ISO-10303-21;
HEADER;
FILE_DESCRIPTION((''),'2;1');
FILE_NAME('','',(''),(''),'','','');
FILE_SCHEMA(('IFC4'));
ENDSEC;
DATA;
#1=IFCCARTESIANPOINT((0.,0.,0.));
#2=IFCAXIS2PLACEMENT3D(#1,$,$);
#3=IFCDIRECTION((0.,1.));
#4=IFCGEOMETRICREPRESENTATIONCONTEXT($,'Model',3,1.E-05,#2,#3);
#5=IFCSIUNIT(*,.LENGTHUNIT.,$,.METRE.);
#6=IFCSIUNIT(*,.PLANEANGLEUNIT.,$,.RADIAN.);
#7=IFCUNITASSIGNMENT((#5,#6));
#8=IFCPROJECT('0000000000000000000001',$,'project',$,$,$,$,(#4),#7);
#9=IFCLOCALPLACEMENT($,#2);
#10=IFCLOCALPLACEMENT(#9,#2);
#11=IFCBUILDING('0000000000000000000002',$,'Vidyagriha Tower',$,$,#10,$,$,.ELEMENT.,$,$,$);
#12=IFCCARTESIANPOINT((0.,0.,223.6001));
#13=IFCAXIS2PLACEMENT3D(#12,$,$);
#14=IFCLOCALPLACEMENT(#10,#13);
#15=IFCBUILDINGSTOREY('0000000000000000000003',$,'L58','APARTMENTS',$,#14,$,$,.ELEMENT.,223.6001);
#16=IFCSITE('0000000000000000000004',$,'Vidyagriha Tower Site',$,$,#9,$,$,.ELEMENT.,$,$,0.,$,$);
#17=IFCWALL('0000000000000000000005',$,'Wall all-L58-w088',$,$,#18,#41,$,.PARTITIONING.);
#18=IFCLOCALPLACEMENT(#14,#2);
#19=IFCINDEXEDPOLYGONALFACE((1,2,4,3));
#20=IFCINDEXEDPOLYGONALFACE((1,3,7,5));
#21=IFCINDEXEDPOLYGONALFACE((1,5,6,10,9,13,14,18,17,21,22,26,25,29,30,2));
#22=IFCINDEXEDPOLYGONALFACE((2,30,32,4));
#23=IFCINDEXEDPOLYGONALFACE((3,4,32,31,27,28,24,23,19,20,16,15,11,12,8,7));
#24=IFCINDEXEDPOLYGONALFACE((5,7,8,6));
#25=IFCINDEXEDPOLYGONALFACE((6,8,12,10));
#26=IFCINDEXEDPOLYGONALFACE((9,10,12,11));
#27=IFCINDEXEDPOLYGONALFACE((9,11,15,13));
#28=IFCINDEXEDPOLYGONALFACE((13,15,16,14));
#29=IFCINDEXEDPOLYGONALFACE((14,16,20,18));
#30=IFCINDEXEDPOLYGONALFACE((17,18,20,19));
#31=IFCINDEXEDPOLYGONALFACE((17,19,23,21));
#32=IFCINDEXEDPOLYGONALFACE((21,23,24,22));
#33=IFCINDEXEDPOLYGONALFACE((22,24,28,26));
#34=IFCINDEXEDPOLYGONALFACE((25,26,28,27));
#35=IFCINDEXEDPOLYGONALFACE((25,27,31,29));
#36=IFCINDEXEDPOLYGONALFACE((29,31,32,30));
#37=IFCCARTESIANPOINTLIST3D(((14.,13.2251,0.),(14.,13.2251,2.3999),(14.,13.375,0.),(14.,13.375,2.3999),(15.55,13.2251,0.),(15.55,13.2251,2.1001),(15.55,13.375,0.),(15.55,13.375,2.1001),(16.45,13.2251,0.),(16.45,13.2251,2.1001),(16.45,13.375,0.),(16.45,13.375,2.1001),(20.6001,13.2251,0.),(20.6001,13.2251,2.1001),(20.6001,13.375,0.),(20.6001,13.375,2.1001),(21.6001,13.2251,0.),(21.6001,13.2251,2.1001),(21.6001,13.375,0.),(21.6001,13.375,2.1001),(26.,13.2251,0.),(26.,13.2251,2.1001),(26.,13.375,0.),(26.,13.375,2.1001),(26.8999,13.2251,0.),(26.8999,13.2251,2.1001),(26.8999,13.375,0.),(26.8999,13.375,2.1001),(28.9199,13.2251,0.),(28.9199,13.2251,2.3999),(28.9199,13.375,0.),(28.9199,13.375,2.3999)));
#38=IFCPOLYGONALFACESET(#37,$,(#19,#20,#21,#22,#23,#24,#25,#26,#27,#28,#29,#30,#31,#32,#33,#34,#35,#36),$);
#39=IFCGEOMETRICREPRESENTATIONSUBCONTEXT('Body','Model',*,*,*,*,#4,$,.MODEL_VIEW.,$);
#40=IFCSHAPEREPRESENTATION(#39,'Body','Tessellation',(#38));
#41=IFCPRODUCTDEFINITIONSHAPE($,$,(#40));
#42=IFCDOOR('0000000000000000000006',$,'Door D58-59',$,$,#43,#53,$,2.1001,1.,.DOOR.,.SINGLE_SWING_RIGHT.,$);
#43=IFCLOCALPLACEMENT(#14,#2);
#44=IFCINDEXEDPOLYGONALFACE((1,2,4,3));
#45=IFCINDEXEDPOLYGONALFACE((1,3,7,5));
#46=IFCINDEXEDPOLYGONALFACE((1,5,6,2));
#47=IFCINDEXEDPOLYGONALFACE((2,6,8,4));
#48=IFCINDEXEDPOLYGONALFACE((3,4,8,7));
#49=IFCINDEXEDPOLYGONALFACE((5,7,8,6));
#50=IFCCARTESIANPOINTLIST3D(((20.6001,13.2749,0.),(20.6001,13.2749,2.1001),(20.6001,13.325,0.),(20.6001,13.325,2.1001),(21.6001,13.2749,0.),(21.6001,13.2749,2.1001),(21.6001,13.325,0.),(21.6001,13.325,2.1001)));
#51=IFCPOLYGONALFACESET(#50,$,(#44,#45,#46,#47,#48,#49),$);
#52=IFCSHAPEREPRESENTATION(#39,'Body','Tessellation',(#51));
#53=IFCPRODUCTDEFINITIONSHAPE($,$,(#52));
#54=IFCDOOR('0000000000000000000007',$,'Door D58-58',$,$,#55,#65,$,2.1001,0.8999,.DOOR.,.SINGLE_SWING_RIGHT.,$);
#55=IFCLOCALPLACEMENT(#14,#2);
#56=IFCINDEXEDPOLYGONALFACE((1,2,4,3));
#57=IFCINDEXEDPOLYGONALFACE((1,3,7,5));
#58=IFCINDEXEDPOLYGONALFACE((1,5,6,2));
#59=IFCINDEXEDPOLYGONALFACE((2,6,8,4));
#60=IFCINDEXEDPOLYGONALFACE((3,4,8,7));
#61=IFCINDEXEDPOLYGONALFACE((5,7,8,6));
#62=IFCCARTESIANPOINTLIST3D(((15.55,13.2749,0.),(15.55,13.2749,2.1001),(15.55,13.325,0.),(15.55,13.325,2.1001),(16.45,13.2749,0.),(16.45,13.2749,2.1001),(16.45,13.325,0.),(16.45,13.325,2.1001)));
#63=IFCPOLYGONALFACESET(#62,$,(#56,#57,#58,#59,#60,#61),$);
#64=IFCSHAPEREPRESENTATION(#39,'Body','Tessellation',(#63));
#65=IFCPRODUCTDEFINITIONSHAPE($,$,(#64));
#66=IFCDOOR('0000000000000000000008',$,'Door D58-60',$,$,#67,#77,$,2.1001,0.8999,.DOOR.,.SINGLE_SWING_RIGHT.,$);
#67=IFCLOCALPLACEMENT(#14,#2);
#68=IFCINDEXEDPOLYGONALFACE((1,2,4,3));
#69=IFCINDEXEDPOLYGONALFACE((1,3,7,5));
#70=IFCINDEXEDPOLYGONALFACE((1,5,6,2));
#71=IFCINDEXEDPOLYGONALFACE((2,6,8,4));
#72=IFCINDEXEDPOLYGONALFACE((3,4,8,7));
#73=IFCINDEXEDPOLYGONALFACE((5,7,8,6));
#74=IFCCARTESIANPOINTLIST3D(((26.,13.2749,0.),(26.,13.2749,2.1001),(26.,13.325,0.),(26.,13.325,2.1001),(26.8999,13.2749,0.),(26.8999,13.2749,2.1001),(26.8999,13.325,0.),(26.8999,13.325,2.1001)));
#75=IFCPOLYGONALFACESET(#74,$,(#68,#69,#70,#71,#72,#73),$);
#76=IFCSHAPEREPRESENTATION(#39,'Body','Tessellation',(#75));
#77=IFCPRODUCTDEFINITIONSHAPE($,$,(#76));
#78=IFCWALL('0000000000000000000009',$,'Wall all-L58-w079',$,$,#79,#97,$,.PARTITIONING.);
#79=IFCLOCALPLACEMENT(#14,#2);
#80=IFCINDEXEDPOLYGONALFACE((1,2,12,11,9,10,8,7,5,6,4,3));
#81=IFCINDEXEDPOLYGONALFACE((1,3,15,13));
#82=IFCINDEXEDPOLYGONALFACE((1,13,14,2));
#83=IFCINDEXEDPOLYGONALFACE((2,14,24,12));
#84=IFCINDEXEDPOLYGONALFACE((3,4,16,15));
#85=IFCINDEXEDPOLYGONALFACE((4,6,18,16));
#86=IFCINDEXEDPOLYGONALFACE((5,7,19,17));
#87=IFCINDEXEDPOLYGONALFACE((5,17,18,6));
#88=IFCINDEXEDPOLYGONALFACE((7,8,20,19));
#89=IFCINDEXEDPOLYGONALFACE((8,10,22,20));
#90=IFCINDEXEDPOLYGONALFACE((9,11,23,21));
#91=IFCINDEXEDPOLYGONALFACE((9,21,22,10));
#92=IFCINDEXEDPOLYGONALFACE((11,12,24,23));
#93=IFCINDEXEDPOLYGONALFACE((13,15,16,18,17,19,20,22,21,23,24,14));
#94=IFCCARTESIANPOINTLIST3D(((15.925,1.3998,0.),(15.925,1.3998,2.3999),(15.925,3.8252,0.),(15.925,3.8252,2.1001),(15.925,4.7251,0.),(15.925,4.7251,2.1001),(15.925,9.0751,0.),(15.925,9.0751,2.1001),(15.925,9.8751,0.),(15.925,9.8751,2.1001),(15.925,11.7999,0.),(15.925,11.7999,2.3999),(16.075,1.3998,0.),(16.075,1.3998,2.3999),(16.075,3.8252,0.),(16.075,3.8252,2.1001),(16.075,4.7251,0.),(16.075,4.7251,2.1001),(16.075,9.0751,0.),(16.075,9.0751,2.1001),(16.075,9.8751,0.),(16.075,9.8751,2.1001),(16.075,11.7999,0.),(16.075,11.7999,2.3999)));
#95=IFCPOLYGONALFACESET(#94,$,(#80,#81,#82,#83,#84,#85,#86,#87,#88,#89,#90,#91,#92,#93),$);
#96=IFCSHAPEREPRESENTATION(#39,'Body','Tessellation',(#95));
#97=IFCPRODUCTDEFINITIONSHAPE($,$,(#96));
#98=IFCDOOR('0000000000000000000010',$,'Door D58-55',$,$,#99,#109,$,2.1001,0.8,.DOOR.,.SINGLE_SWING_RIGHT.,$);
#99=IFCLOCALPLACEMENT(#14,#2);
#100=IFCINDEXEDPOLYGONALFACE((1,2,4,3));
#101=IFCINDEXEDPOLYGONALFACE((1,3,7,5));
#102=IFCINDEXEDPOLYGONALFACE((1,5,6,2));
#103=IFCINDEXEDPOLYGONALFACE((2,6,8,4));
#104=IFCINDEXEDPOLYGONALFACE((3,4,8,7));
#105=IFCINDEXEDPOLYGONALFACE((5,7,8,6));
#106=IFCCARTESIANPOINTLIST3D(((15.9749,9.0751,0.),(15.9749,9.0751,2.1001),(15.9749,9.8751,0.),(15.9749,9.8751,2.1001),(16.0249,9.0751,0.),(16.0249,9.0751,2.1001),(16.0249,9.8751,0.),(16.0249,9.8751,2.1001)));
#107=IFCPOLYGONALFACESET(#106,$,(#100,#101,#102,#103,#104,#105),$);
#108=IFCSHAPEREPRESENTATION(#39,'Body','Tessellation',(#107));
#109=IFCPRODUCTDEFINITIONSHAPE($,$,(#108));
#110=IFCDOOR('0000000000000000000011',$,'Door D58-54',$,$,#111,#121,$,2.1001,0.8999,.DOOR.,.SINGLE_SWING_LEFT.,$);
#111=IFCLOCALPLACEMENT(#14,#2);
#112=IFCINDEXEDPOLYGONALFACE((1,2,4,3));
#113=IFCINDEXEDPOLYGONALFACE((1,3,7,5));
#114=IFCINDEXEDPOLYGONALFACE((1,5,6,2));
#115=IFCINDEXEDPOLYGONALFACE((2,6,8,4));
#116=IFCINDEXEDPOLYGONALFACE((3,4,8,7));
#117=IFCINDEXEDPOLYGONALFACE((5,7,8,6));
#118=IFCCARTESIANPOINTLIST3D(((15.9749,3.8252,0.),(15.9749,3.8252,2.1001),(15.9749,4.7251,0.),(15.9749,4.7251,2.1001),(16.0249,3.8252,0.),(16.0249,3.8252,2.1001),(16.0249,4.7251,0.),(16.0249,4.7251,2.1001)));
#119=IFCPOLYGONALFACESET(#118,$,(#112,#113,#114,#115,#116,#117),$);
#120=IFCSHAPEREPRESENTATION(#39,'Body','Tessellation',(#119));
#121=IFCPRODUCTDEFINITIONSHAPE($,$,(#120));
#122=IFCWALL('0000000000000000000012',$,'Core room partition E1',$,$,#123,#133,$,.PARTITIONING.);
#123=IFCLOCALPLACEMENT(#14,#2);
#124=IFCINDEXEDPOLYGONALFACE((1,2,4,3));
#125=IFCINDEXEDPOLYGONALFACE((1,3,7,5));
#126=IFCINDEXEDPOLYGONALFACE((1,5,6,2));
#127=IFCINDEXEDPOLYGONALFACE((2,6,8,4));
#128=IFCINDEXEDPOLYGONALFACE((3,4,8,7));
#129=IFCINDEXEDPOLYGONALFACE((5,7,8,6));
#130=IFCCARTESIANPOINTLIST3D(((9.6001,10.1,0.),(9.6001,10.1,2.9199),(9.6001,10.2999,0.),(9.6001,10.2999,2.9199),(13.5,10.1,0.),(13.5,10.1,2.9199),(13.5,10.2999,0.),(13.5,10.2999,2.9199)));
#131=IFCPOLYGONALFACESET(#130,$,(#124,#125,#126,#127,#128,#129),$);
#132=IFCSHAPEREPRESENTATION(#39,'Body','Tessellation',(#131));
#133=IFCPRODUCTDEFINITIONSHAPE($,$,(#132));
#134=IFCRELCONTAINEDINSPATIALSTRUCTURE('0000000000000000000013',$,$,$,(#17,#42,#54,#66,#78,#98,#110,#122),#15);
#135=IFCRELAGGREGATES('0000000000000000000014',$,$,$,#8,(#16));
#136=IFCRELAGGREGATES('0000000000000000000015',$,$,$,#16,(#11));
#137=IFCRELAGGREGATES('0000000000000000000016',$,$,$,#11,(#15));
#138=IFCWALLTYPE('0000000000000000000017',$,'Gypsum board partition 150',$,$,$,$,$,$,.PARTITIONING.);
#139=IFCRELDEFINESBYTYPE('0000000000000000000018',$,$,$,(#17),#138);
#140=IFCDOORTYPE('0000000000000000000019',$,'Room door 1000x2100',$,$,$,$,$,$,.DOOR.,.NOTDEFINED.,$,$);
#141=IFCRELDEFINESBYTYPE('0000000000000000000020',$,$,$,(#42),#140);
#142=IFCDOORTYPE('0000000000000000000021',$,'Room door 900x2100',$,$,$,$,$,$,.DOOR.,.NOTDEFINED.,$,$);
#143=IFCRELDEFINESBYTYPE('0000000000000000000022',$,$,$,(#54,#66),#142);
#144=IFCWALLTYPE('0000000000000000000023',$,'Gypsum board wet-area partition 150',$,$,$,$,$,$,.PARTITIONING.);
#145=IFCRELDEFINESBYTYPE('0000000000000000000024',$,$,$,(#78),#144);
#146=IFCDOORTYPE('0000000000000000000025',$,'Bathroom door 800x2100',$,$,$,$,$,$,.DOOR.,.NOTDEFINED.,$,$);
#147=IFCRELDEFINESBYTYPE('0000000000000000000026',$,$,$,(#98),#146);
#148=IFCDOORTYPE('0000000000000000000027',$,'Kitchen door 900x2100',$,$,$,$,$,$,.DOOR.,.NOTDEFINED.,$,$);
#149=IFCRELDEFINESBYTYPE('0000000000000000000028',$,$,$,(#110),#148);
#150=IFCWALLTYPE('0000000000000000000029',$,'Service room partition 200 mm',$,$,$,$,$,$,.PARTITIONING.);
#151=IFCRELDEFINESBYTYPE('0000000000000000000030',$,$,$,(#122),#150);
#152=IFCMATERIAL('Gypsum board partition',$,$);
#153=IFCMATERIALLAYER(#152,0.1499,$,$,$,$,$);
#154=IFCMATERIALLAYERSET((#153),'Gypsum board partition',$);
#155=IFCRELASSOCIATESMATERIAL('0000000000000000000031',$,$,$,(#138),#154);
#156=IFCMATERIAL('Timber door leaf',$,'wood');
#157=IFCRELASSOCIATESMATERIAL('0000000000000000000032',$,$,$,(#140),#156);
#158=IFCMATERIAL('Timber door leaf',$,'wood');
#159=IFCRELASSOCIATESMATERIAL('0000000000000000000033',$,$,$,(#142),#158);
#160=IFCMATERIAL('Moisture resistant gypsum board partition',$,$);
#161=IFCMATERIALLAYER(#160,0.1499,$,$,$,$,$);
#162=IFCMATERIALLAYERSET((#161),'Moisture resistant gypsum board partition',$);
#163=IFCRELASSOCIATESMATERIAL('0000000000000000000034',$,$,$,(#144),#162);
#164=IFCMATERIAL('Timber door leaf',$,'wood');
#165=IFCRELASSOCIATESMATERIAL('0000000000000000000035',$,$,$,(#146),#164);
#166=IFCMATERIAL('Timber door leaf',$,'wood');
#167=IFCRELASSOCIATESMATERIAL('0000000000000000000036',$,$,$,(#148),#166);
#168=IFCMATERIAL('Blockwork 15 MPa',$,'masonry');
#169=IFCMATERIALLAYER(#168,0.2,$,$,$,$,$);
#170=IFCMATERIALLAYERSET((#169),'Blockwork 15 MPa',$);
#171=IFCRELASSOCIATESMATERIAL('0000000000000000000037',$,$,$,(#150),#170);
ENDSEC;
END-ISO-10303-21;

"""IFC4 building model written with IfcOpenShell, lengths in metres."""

from ifc_helpers import new_model, si_unit, direction, frame, frame_2d, origin, place, context, subcontext, project, spatial, rectangle, extrude, material, layer, layer_set, type_object, element, fill, save


model = new_model("IFC4")

# Units and contexts
model_context = context("Model", 3, precision=1e-05, world=origin(), true_north=direction((0.0, 1.0)))
body_context = subcontext(model_context, "Body", "Model", "MODEL_VIEW")
ifc_project = project(units=[si_unit("LENGTHUNIT", "METRE"), si_unit("PLANEANGLEUNIT", "RADIAN")], contexts=[model_context])

# Site, building, storey
site_placement = place(None, origin())
site = spatial("IfcSite", under=ifc_project, at=site_placement, Name="Vidyagriha Tower Site", CompositionType="ELEMENT", RefElevation=0.0)
building_placement = place(site_placement, origin())
building = spatial("IfcBuilding", under=site, at=building_placement, Name="Vidyagriha Tower", CompositionType="ELEMENT")
storey_placement = place(building_placement, frame((0.0, 0.0, 223.6001)))
storey = spatial("IfcBuildingStorey", under=building, at=storey_placement, Name="L58", Description="APARTMENTS", CompositionType="ELEMENT", Elevation=223.6001)

# Shared definitions
ifc_material_1 = material(Name="Gypsum board partition")
ifc_layer_1 = layer(ifc_material_1, 0.1499)
ifc_layer_set_1 = layer_set([ifc_layer_1], Name="Gypsum board partition")
wall_type_1 = type_object("IfcWallType", Name="Gypsum board partition 150", PredefinedType="PARTITIONING", material=ifc_layer_set_1)

# Walls, openings, doors
wall_1_placement = place(storey_placement, frame((14.0, 13.3, 0.0)))
wall_1 = element("IfcWall", 1, at=wall_1_placement, inside=storey, type_object=wall_type_1, Name="Wall all-L58-w088", PredefinedType="PARTITIONING", context=body_context, shape_type="SweptSolid", body=[
    extrude(rectangle(XDim=14.9199, YDim=0.1499, at=frame_2d((7.46, 0.0))), origin(), (0.0, 0.0, 1.0), 2.3999),
])
opening_1_placement = place(wall_1_placement, frame((1.55, 0.0, 0.0)))
opening_1 = element("IfcOpeningElement", 2, at=opening_1_placement, cuts=wall_1, PredefinedType="OPENING", context=body_context, shape_type="SweptSolid", body=[
    extrude(rectangle(XDim=0.8999, YDim=2.1001, at=frame_2d((0.45, 1.05))), frame((0.0, 0.085, 0.0), z_axis=(0.0, -1.0, 0.0), x_axis=(1.0, 0.0, 0.0)), (0.0, 0.0, 1.0), 0.1699),
])
opening_2_placement = place(wall_1_placement, frame((6.6001, 0.0, 0.0)))
opening_2 = element("IfcOpeningElement", 3, at=opening_2_placement, cuts=wall_1, PredefinedType="OPENING", context=body_context, shape_type="SweptSolid", body=[
    extrude(rectangle(XDim=1.0, YDim=2.1001, at=frame_2d((0.5, 1.05))), frame((0.0, 0.085, 0.0), z_axis=(0.0, -1.0, 0.0), x_axis=(1.0, 0.0, 0.0)), (0.0, 0.0, 1.0), 0.1699),
])
opening_3_placement = place(wall_1_placement, frame((12.0, 0.0, 0.0)))
opening_3 = element("IfcOpeningElement", 4, at=opening_3_placement, cuts=wall_1, PredefinedType="OPENING", context=body_context, shape_type="SweptSolid", body=[
    extrude(rectangle(XDim=0.8999, YDim=2.1001, at=frame_2d((0.45, 1.05))), frame((0.0, 0.085, 0.0), z_axis=(0.0, -1.0, 0.0), x_axis=(1.0, 0.0, 0.0)), (0.0, 0.0, 1.0), 0.1699),
])
ifc_material_2 = material(Name="Timber door leaf", Category="wood")
door_type_1 = type_object("IfcDoorType", Name="Room door 1000x2100", OperationType="NOTDEFINED", PredefinedType="DOOR", material=ifc_material_2)
door_1_placement = place(opening_2_placement, origin())
door_1 = element("IfcDoor", 5, at=door_1_placement, inside=storey, type_object=door_type_1, Name="Door D58-59", OperationType="SINGLE_SWING_RIGHT", OverallHeight=2.1001, OverallWidth=1.0, PredefinedType="DOOR", context=body_context, shape_type="SweptSolid", body=[
    extrude(rectangle(XDim=1.0, YDim=2.1001, at=frame_2d((0.5, 1.05))), frame((0.0, 0.0249, 0.0), z_axis=(0.0, -1.0, 0.0), x_axis=(1.0, 0.0, 0.0)), (0.0, 0.0, 1.0), 0.05),
])
fill(opening_2, door_1)
ifc_material_3 = material(Name="Timber door leaf", Category="wood")
door_type_2 = type_object("IfcDoorType", Name="Room door 900x2100", OperationType="NOTDEFINED", PredefinedType="DOOR", material=ifc_material_3)
door_2_placement = place(opening_1_placement, origin())
door_2 = element("IfcDoor", 6, at=door_2_placement, inside=storey, type_object=door_type_2, Name="Door D58-58", OperationType="SINGLE_SWING_RIGHT", OverallHeight=2.1001, OverallWidth=0.8999, PredefinedType="DOOR", context=body_context, shape_type="SweptSolid", body=[
    extrude(rectangle(XDim=0.8999, YDim=2.1001, at=frame_2d((0.45, 1.05))), frame((0.0, 0.0249, 0.0), z_axis=(0.0, -1.0, 0.0), x_axis=(1.0, 0.0, 0.0)), (0.0, 0.0, 1.0), 0.05),
])
fill(opening_1, door_2)
door_3_placement = place(opening_3_placement, origin())
door_3 = element("IfcDoor", 7, at=door_3_placement, inside=storey, type_object=door_type_2, Name="Door D58-60", OperationType="SINGLE_SWING_RIGHT", OverallHeight=2.1001, OverallWidth=0.8999, PredefinedType="DOOR", context=body_context, shape_type="SweptSolid", body=[
    extrude(rectangle(XDim=0.8999, YDim=2.1001, at=frame_2d((0.45, 1.05))), frame((0.0, 0.0249, 0.0), z_axis=(0.0, -1.0, 0.0), x_axis=(1.0, 0.0, 0.0)), (0.0, 0.0, 1.0), 0.05),
])
fill(opening_3, door_3)
ifc_material_4 = material(Name="Moisture resistant gypsum board partition")
ifc_layer_2 = layer(ifc_material_4, 0.1499)
ifc_layer_set_2 = layer_set([ifc_layer_2], Name="Moisture resistant gypsum board partition")
wall_type_2 = type_object("IfcWallType", Name="Gypsum board wet-area partition 150", PredefinedType="PARTITIONING", material=ifc_layer_set_2)
wall_2_placement = place(storey_placement, frame((16.0, 11.8, 0.0), z_axis=(0.0, 0.0, 1.0), x_axis=(0.0, -1.0, 0.0)))
wall_2 = element("IfcWall", 8, at=wall_2_placement, inside=storey, type_object=wall_type_2, Name="Wall all-L58-w079", PredefinedType="PARTITIONING", context=body_context, shape_type="SweptSolid", body=[
    extrude(rectangle(XDim=10.4001, YDim=0.1499, at=frame_2d((5.2002, 0.0))), origin(), (0.0, 0.0, 1.0), 2.3999),
])
opening_4_placement = place(wall_2_placement, frame((7.075, 0.0, 0.0)))
opening_4 = element("IfcOpeningElement", 9, at=opening_4_placement, cuts=wall_2, PredefinedType="OPENING", context=body_context, shape_type="SweptSolid", body=[
    extrude(rectangle(XDim=0.8999, YDim=2.1001, at=frame_2d((0.45, 1.05))), frame((0.0, 0.085, 0.0), z_axis=(0.0, -1.0, 0.0), x_axis=(1.0, 0.0, 0.0)), (0.0, 0.0, 1.0), 0.1699),
])
opening_5_placement = place(wall_2_placement, frame((1.925, 0.0, 0.0)))
opening_5 = element("IfcOpeningElement", 10, at=opening_5_placement, cuts=wall_2, PredefinedType="OPENING", context=body_context, shape_type="SweptSolid", body=[
    extrude(rectangle(XDim=0.8, YDim=2.1001, at=frame_2d((0.3999, 1.05))), frame((0.0, 0.085, 0.0), z_axis=(0.0, -1.0, 0.0), x_axis=(1.0, 0.0, 0.0)), (0.0, 0.0, 1.0), 0.1699),
])
ifc_material_5 = material(Name="Timber door leaf", Category="wood")
door_type_3 = type_object("IfcDoorType", Name="Bathroom door 800x2100", OperationType="NOTDEFINED", PredefinedType="DOOR", material=ifc_material_5)
door_4_placement = place(opening_5_placement, origin())
door_4 = element("IfcDoor", 11, at=door_4_placement, inside=storey, type_object=door_type_3, Name="Door D58-55", OperationType="SINGLE_SWING_RIGHT", OverallHeight=2.1001, OverallWidth=0.8, PredefinedType="DOOR", context=body_context, shape_type="SweptSolid", body=[
    extrude(rectangle(XDim=0.8, YDim=2.1001, at=frame_2d((0.3999, 1.05))), frame((0.0, 0.0249, 0.0), z_axis=(0.0, -1.0, 0.0), x_axis=(1.0, 0.0, 0.0)), (0.0, 0.0, 1.0), 0.05),
])
fill(opening_5, door_4)
ifc_material_6 = material(Name="Timber door leaf", Category="wood")
door_type_4 = type_object("IfcDoorType", Name="Kitchen door 900x2100", OperationType="NOTDEFINED", PredefinedType="DOOR", material=ifc_material_6)
door_5_placement = place(opening_4_placement, origin())
door_5 = element("IfcDoor", 12, at=door_5_placement, inside=storey, type_object=door_type_4, Name="Door D58-54", OperationType="SINGLE_SWING_LEFT", OverallHeight=2.1001, OverallWidth=0.8999, PredefinedType="DOOR", context=body_context, shape_type="SweptSolid", body=[
    extrude(rectangle(XDim=0.8999, YDim=2.1001, at=frame_2d((0.45, 1.05))), frame((0.0, 0.0249, 0.0), z_axis=(0.0, -1.0, 0.0), x_axis=(1.0, 0.0, 0.0)), (0.0, 0.0, 1.0), 0.05),
])
fill(opening_4, door_5)

# Wall
ifc_material_7 = material(Name="Blockwork 15 MPa", Category="masonry")
ifc_layer_3 = layer(ifc_material_7, 0.2)
ifc_layer_set_3 = layer_set([ifc_layer_3], Name="Blockwork 15 MPa")
wall_type_3 = type_object("IfcWallType", Name="Service room partition 200 mm", PredefinedType="PARTITIONING", material=ifc_layer_set_3)
wall_3_placement = place(storey_placement, frame((9.6001, 10.2, 0.0)))
element("IfcWall", 13, at=wall_3_placement, inside=storey, type_object=wall_type_3, Name="Core room partition E1", PredefinedType="PARTITIONING", context=body_context, shape_type="SweptSolid", body=[
    extrude(rectangle(XDim=3.8999, YDim=0.2, at=frame_2d((1.95, 0.0))), origin(), (0.0, 0.0, 1.0), 2.9199),
])

save(model, "model.ifc")
